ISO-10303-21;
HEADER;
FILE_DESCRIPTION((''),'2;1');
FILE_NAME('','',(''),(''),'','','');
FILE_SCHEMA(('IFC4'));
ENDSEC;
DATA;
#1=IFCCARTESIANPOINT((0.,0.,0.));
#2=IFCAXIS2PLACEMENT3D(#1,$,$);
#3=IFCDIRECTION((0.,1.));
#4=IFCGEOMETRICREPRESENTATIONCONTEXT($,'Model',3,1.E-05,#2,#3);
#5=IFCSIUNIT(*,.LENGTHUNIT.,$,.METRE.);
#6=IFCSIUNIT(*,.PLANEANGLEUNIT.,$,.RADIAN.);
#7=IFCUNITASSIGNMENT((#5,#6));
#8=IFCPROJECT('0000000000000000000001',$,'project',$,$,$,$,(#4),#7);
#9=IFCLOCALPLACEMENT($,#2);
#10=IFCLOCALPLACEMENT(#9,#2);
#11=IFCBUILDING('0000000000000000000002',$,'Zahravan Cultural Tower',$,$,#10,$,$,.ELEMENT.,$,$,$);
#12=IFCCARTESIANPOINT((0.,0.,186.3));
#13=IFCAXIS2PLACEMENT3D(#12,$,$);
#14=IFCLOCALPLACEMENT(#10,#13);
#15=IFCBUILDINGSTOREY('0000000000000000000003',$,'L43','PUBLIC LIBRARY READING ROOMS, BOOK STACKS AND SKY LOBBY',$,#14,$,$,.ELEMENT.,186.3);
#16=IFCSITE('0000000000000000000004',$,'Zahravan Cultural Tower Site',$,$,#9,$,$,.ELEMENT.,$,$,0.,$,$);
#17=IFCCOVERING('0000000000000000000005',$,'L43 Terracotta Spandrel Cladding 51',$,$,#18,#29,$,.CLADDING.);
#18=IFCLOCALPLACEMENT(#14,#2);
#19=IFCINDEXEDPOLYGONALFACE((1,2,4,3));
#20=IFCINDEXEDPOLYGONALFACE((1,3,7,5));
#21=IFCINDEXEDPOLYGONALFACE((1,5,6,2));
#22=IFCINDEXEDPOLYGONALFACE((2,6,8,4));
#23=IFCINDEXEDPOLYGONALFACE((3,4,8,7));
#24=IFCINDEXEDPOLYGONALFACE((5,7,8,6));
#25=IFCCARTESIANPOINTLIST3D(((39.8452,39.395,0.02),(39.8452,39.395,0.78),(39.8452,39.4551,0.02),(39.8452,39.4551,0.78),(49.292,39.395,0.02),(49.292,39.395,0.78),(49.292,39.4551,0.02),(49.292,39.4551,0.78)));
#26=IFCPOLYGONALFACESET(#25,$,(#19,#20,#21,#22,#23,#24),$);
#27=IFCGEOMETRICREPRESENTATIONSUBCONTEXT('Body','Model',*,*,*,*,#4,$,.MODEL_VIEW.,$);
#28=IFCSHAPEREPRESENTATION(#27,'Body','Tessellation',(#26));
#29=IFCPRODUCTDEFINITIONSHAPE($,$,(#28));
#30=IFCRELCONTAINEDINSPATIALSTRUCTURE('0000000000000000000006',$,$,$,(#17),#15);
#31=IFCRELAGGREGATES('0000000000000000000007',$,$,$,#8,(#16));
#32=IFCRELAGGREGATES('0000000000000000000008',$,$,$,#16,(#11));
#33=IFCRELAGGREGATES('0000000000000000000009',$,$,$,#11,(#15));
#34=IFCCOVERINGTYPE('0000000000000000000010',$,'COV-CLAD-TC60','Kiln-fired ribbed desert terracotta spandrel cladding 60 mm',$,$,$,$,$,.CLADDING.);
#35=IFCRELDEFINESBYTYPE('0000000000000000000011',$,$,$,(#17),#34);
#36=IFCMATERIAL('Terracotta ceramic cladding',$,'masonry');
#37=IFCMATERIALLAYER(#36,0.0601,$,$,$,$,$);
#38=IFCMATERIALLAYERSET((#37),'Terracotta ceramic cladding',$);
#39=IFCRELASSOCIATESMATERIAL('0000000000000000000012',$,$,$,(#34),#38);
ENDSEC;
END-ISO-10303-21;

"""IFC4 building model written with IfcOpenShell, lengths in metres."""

from ifc_helpers import new_model, si_unit, direction, frame, origin, origin_2d, place, context, subcontext, project, spatial, rectangle, extrude, source, transform, mapped, material, layer, layer_set, type_object, element, save


model = new_model("IFC4")

# Units and contexts
model_context = context("Model", 3, precision=1e-05, world=origin(), true_north=direction((0.0, 1.0)))
body_context = subcontext(model_context, "Body", "Model", "MODEL_VIEW")
ifc_project = project(units=[si_unit("LENGTHUNIT", "METRE"), si_unit("PLANEANGLEUNIT", "RADIAN")], contexts=[model_context])

# Site, building, storey
site_placement = place(None, origin())
site = spatial("IfcSite", under=ifc_project, at=site_placement, Name="Zahravan Cultural Tower Site", CompositionType="ELEMENT", RefElevation=0.0)
building_placement = place(site_placement, origin())
building = spatial("IfcBuilding", under=site, at=building_placement, Name="Zahravan Cultural Tower", CompositionType="ELEMENT")
storey_placement = place(building_placement, frame((0.0, 0.0, 186.3)))
storey = spatial("IfcBuildingStorey", under=building, at=storey_placement, Name="L43", Description="PUBLIC LIBRARY READING ROOMS, BOOK STACKS AND SKY LOBBY", CompositionType="ELEMENT", Elevation=186.3)

# Covering
ifc_material_1 = material(Name="Terracotta ceramic cladding", Category="masonry")
ifc_layer_1 = layer(ifc_material_1, 0.0601)
ifc_layer_set_1 = layer_set([ifc_layer_1], Name="Terracotta ceramic cladding")
covering_type = type_object("IfcCoveringType", Name="COV-CLAD-TC60", Description="Kiln-fired ribbed desert terracotta spandrel cladding 60 mm", PredefinedType="CLADDING", material=ifc_layer_set_1)
shared_shape_1 = source(origin(), body_context, "Body", "SweptSolid", [
    extrude(rectangle(XDim=9.4468, YDim=0.0601, at=origin_2d()), origin(), (0.0, 0.0, 1.0), 0.76),
])
covering_1_placement = place(storey_placement, frame((44.5686, 39.425, 0.02), z_axis=(0.0, 0.0, 1.0), x_axis=(1.0, 0.0, 0.0)))
element("IfcCovering", 1, at=covering_1_placement, inside=storey, type_object=covering_type, Name="L43 Terracotta Spandrel Cladding 51", PredefinedType="CLADDING", context=body_context, shape_type="MappedRepresentation", body=[
    mapped(shared_shape_1, transform((0.0, 0.0, 0.0), x_axis=(1.0, 0.0, 0.0), y_axis=(0.0, 1.0, 0.0), z_axis=(0.0, 0.0, 1.0), scale=1.0)),
])

save(model, "model.ifc")
